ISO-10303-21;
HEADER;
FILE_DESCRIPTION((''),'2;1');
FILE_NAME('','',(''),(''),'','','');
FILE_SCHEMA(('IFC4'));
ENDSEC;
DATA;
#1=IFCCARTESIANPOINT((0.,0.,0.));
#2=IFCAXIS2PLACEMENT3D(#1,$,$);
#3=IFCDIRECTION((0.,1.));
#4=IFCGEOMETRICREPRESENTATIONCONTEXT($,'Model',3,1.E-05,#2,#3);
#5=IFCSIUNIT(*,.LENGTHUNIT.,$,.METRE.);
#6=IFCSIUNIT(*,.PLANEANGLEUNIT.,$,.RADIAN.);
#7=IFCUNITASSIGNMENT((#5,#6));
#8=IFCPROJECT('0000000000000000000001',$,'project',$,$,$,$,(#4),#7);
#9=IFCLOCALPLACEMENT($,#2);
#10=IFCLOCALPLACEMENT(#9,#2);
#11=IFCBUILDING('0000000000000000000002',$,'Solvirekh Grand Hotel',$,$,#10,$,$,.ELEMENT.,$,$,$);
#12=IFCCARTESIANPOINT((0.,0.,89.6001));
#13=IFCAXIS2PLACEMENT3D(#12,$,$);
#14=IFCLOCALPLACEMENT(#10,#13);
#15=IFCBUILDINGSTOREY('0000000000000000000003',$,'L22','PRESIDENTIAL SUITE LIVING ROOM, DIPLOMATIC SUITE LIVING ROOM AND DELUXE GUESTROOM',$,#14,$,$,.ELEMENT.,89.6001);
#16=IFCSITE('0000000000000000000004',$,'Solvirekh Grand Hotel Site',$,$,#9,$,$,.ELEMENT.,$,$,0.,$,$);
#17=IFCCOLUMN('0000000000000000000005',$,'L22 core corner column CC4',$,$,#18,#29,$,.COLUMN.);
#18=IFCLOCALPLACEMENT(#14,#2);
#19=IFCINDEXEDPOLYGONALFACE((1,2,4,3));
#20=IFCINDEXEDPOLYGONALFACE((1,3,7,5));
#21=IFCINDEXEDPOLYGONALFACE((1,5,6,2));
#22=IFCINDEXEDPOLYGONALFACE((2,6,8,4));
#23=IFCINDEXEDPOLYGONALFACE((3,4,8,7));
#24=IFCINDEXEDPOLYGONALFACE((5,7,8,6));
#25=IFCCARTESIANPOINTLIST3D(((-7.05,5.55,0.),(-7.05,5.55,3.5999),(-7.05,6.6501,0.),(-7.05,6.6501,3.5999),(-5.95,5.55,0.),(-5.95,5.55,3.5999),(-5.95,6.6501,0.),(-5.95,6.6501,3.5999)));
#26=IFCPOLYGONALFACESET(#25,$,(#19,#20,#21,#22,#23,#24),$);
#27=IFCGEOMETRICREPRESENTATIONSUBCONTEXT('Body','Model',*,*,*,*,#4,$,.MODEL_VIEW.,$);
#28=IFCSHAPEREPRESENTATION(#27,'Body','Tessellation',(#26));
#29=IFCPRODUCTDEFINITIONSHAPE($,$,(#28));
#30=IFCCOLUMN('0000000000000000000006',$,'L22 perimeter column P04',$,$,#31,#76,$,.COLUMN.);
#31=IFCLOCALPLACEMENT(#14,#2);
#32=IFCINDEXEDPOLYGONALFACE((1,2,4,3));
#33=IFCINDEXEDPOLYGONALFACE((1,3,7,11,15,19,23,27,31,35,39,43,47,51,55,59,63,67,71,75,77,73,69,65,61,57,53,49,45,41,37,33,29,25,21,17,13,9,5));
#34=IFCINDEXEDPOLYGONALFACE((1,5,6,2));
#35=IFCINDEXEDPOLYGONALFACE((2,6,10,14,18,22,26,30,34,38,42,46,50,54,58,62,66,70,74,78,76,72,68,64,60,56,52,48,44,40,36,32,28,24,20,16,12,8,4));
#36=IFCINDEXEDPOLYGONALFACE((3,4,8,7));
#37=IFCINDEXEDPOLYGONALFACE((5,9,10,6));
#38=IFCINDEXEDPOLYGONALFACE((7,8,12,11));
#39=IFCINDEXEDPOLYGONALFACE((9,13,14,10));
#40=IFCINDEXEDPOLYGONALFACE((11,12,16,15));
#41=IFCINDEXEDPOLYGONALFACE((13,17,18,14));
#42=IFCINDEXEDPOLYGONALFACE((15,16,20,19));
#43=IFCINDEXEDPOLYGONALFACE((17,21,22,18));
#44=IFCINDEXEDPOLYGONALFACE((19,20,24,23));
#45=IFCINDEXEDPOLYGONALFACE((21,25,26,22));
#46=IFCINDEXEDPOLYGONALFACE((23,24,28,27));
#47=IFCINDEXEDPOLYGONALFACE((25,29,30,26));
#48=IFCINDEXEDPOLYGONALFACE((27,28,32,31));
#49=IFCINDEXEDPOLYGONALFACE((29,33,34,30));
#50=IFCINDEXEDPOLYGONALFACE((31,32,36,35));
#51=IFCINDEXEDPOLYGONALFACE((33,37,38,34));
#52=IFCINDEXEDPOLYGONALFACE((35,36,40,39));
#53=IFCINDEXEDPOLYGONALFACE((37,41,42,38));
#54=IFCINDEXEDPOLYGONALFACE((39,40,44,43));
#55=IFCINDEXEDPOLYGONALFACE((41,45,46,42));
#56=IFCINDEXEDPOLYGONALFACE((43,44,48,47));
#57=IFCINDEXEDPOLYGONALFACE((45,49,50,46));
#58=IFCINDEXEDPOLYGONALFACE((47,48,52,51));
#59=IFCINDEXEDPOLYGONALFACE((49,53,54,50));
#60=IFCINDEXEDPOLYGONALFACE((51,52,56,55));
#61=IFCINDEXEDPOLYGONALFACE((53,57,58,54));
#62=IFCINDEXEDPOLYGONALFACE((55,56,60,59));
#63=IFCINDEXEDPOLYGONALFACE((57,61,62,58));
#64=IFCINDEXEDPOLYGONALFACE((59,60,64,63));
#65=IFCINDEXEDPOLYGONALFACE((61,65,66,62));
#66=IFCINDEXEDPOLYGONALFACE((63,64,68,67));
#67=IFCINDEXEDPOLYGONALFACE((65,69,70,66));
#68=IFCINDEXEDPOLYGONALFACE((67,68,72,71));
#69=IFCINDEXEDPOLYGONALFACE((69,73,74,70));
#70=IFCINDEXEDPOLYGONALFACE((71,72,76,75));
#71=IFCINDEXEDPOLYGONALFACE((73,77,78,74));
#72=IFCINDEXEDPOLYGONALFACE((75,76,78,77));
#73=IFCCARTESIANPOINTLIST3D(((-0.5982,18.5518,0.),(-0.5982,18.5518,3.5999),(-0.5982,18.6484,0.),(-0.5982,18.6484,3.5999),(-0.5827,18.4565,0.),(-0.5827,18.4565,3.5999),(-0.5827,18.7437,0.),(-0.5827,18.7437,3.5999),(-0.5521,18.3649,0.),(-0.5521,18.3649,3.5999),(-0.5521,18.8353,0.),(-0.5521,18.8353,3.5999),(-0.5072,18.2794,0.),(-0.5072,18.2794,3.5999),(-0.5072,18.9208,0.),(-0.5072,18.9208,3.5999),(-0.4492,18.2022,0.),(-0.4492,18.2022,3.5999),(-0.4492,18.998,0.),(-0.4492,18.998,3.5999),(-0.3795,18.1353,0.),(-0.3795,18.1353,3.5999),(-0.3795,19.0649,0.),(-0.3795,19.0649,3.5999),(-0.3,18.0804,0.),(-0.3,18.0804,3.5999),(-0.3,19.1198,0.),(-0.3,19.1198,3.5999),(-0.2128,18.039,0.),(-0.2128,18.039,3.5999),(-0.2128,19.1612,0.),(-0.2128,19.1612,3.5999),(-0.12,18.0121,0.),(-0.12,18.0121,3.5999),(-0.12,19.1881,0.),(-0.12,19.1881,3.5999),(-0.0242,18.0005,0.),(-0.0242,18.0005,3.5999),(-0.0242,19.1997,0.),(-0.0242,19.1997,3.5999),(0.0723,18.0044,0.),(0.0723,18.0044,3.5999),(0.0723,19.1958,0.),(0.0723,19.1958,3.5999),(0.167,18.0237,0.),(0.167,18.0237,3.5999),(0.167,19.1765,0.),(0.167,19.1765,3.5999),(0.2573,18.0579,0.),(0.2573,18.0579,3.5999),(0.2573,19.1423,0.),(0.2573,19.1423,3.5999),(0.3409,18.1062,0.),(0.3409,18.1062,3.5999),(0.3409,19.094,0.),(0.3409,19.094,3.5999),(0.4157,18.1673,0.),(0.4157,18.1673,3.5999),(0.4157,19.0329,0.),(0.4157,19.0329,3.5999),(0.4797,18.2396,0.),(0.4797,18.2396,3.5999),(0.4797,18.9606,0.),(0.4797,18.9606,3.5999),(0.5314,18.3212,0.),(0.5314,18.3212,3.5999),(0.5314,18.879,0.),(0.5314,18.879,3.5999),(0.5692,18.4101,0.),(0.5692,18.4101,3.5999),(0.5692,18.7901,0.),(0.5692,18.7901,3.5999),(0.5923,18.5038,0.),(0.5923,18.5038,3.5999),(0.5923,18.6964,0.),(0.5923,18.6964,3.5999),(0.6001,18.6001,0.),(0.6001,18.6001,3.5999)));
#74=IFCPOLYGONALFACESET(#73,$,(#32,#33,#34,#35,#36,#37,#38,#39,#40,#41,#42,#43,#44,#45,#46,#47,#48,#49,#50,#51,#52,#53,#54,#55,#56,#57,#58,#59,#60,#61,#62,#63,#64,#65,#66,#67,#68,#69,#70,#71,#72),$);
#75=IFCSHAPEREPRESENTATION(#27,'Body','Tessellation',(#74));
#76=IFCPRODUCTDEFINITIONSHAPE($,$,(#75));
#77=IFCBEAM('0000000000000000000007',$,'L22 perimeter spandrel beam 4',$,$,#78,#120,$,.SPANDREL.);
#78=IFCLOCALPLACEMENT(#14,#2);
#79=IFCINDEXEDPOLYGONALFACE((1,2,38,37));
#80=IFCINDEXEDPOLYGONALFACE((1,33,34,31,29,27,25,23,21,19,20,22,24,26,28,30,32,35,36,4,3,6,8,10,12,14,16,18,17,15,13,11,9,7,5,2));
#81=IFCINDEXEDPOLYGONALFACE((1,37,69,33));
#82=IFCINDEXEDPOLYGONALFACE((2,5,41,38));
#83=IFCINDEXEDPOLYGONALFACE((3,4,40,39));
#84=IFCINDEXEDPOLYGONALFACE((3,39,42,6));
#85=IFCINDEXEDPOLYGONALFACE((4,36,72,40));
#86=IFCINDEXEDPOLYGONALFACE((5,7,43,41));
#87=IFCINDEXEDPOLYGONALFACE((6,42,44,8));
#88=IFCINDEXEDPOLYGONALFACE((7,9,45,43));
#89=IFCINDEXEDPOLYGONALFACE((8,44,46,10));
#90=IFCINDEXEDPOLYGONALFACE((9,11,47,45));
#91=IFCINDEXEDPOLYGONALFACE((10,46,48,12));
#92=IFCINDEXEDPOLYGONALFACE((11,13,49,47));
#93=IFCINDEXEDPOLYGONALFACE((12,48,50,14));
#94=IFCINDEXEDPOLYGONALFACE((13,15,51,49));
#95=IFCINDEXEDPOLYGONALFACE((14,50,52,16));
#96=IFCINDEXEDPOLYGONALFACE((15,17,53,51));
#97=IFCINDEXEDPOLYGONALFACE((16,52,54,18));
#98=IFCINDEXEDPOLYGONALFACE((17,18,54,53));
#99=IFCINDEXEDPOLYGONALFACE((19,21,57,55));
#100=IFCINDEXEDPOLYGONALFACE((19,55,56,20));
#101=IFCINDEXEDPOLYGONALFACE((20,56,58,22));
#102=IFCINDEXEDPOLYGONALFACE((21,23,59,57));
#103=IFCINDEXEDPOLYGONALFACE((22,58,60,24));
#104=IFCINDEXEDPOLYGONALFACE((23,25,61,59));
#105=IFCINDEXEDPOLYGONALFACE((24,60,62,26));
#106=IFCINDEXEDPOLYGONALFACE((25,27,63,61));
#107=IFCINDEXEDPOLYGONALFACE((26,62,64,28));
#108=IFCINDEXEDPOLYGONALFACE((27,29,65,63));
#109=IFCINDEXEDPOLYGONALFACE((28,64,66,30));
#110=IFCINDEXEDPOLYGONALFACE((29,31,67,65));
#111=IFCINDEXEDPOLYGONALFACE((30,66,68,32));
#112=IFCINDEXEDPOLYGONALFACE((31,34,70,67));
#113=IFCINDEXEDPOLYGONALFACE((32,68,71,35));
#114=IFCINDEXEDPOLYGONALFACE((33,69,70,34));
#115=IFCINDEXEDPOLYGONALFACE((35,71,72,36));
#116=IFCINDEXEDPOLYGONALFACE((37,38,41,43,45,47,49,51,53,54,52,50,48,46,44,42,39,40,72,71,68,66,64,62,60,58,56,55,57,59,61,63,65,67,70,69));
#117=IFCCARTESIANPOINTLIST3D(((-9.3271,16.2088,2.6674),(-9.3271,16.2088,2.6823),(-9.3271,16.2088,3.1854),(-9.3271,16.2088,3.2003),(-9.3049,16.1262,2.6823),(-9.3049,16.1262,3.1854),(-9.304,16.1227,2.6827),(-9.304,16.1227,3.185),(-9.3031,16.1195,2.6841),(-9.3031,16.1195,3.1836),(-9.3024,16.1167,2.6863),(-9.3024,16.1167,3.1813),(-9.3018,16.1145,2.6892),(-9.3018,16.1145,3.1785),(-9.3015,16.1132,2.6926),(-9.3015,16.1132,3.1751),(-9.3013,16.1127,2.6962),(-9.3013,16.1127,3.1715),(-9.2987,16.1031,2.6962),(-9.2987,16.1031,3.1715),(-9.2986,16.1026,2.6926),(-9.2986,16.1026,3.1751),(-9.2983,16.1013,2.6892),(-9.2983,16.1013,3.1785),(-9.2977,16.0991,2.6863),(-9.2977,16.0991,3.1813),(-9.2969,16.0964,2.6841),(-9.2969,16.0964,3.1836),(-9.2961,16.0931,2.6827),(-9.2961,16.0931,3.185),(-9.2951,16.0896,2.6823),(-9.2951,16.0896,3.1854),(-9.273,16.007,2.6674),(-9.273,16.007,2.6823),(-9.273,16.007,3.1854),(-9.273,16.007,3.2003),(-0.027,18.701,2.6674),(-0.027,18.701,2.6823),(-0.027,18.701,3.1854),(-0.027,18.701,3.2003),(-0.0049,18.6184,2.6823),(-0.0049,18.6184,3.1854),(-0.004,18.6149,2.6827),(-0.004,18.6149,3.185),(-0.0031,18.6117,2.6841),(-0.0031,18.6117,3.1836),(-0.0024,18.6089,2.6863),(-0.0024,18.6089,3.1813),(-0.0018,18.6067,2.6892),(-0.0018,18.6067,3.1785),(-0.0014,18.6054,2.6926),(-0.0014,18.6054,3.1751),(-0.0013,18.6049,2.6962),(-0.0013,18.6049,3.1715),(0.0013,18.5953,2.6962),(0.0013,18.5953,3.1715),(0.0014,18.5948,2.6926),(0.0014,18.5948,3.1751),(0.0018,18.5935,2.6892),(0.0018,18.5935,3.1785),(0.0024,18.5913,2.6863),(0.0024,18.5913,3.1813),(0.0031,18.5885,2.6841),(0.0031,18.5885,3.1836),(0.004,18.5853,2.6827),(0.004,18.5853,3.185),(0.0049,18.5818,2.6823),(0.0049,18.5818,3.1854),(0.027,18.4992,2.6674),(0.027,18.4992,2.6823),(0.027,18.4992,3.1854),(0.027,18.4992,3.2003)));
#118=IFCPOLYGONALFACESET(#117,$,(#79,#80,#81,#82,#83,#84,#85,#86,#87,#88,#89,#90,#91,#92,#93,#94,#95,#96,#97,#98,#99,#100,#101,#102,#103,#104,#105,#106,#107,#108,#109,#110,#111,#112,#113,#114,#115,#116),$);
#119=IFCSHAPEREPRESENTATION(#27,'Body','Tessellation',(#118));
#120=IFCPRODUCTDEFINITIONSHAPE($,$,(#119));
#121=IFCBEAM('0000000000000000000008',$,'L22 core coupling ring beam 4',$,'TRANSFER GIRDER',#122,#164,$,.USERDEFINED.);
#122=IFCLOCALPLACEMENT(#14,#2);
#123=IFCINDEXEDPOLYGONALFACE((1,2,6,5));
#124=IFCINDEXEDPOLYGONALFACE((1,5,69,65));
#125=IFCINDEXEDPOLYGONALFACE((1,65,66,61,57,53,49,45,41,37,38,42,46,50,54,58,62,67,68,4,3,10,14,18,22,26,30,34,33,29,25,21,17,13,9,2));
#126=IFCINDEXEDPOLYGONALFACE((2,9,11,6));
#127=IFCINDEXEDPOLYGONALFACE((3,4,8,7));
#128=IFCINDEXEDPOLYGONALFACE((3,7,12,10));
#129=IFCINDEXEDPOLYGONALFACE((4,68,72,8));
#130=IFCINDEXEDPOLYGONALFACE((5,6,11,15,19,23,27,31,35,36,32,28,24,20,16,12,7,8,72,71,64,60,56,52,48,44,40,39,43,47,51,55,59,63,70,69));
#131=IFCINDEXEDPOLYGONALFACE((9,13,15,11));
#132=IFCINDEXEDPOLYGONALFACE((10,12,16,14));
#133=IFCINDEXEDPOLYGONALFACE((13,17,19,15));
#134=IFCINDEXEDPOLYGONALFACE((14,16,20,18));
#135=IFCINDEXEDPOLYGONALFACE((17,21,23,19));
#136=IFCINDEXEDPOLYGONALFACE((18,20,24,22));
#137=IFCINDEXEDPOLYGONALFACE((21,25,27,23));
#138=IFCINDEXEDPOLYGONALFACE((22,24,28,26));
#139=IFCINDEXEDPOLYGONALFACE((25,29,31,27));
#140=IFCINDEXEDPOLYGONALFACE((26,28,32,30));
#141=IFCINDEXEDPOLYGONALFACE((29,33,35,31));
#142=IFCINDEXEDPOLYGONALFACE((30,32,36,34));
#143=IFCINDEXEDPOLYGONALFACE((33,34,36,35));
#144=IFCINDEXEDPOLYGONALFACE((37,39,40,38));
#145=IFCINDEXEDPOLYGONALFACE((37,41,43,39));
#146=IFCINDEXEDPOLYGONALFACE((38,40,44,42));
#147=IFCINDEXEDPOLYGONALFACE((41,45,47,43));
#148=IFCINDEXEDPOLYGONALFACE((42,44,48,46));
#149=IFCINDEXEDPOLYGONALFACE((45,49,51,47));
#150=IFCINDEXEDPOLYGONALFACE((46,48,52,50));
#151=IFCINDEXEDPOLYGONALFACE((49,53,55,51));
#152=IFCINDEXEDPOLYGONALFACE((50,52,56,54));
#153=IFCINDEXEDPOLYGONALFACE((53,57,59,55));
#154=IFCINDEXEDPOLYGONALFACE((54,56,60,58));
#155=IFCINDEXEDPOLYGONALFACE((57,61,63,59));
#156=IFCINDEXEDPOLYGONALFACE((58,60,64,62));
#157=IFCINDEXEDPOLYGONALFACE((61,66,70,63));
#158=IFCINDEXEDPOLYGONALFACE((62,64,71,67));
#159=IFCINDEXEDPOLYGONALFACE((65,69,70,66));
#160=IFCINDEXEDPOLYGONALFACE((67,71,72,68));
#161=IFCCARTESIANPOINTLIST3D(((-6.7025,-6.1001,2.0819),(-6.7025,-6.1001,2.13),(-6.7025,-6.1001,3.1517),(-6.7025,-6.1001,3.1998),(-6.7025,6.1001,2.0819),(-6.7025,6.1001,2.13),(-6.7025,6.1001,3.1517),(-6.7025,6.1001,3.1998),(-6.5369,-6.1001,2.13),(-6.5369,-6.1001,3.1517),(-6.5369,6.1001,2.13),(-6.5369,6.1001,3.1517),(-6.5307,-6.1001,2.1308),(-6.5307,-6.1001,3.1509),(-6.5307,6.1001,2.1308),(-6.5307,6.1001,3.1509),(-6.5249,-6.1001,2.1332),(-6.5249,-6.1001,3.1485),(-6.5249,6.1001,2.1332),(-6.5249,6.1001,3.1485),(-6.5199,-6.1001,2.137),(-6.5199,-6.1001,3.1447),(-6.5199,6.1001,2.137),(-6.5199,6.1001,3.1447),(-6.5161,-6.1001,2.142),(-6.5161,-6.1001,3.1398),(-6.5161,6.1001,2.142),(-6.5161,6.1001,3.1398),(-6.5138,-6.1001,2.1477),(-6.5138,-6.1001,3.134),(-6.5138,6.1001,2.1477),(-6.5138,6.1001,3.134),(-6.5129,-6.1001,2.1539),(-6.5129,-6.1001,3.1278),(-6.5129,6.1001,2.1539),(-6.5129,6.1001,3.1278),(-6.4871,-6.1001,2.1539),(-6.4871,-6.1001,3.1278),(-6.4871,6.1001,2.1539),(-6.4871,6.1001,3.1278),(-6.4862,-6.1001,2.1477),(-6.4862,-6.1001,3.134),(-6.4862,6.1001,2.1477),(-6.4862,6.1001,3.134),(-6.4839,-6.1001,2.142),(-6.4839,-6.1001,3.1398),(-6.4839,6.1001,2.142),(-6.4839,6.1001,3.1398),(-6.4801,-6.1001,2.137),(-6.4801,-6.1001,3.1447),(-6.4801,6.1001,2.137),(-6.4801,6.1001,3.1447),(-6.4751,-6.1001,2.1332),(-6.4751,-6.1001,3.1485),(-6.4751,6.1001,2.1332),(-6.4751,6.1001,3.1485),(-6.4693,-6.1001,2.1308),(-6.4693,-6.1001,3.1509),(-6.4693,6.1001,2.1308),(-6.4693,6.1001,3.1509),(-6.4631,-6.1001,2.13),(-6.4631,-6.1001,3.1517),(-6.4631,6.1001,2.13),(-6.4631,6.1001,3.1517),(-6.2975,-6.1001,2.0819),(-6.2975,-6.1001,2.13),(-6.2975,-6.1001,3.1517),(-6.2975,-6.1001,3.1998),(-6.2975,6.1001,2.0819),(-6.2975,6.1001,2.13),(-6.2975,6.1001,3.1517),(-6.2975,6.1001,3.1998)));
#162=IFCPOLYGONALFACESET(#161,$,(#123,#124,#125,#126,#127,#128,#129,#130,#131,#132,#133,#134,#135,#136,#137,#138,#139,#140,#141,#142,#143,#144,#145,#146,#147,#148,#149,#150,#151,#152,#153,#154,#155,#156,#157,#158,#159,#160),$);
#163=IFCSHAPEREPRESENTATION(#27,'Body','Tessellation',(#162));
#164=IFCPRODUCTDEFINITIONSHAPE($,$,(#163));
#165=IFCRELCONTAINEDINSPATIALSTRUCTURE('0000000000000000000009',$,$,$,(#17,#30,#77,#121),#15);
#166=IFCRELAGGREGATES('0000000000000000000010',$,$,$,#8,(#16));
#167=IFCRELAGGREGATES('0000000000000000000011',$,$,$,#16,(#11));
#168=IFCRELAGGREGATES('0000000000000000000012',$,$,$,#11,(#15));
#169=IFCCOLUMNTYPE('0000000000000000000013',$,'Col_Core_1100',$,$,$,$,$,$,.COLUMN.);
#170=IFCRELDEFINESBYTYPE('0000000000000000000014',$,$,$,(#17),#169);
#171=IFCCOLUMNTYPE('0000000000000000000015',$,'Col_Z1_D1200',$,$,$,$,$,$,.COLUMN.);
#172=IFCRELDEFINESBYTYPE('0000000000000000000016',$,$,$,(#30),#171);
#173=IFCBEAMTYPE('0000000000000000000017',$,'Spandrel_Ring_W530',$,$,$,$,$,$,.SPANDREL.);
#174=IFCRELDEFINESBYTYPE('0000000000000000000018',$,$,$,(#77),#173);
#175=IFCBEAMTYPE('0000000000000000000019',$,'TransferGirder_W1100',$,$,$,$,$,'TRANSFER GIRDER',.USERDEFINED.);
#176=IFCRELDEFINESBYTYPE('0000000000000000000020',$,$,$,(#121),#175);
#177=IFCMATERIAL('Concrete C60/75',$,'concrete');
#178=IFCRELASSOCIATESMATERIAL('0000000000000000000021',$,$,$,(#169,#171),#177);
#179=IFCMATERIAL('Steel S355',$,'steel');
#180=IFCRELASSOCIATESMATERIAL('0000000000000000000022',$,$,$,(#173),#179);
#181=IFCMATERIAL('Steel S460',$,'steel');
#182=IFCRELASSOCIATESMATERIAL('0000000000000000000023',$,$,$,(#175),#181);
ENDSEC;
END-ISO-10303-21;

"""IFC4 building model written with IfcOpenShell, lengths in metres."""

from ifc_helpers import new_model, si_unit, direction, frame, origin, origin_2d, place, context, subcontext, project, spatial, rectangle, circle, i_section, extrude, material, material_profile, profile_set, type_object, element, save


model = new_model("IFC4")

# Units and contexts
model_context = context("Model", 3, precision=1e-05, world=origin(), true_north=direction((0.0, 1.0)))
body_context = subcontext(model_context, "Body", "Model", "MODEL_VIEW")
ifc_project = project(units=[si_unit("LENGTHUNIT", "METRE"), si_unit("PLANEANGLEUNIT", "RADIAN")], contexts=[model_context])

# Site, building, storey
site_placement = place(None, origin())
site = spatial("IfcSite", under=ifc_project, at=site_placement, Name="Solvirekh Grand Hotel Site", CompositionType="ELEMENT", RefElevation=0.0)
building_placement = place(site_placement, origin())
building = spatial("IfcBuilding", under=site, at=building_placement, Name="Solvirekh Grand Hotel", CompositionType="ELEMENT")
storey_placement = place(building_placement, frame((0.0, 0.0, 89.6001)))
storey = spatial("IfcBuildingStorey", under=building, at=storey_placement, Name="L22", Description="PRESIDENTIAL SUITE LIVING ROOM, DIPLOMATIC SUITE LIVING ROOM AND DELUXE GUESTROOM", CompositionType="ELEMENT", Elevation=89.6001)

# Columns
ifc_material_1 = material(Name="Concrete C60/75", Category="concrete")
ifc_material_profile_1 = material_profile(ifc_material_1, rectangle(XDim=1.1001, YDim=1.1001, at=origin_2d()), Name="RC 1100X1100")
ifc_profile_set_1 = profile_set([ifc_material_profile_1], Name="Concrete C60/75")
column_type_1 = type_object("IfcColumnType", Name="Col_Core_1100", PredefinedType="COLUMN", material=ifc_profile_set_1)
column_1_placement = place(storey_placement, frame((-6.5, 6.1001, 0.0), z_axis=(0.0, 0.0, 1.0), x_axis=(1.0, 0.0, 0.0)))
element("IfcColumn", 1, at=column_1_placement, inside=storey, type_object=column_type_1, Name="L22 core corner column CC4", PredefinedType="COLUMN", context=body_context, shape_type="SweptSolid", body=[
    extrude(rectangle(XDim=1.1001, YDim=1.1001, at=origin_2d()), origin(), (0.0, 0.0, 1.0), 3.5999),
])
ifc_material_profile_2 = material_profile(ifc_material_1, circle(Radius=0.6001, at=origin_2d()), Name="RC CIRC D1200")
ifc_profile_set_2 = profile_set([ifc_material_profile_2], Name="Concrete C60/75")
column_type_2 = type_object("IfcColumnType", Name="Col_Z1_D1200", PredefinedType="COLUMN", material=ifc_profile_set_2)
column_2_placement = place(storey_placement, frame((0.0, 18.6001, 0.0), z_axis=(0.0, 0.0, 1.0), x_axis=(1.0, 0.0, 0.0)))
element("IfcColumn", 2, at=column_2_placement, inside=storey, type_object=column_type_2, Name="L22 perimeter column P04", PredefinedType="COLUMN", context=body_context, shape_type="SweptSolid", body=[
    extrude(circle(Radius=0.6001, at=origin_2d()), origin(), (0.0, 0.0, 1.0), 3.5999),
])

# Beams
ifc_material_2 = material(Name="Steel S355", Category="steel")
ifc_material_profile_3 = material_profile(ifc_material_2, i_section(OverallWidth=0.209, OverallDepth=0.533, WebThickness=0.01, FlangeThickness=0.0149, FilletRadius=0.0139, at=origin_2d()), Name="W530X92")
ifc_profile_set_3 = profile_set([ifc_material_profile_3], Name="Steel S355")
beam_type_1 = type_object("IfcBeamType", Name="Spandrel_Ring_W530", PredefinedType="SPANDREL", material=ifc_profile_set_3)
beam_1_placement = place(storey_placement, frame((0.0, 18.6001, 2.9338), z_axis=(-0.965919, -0.258843, 0.0), x_axis=(0.258843, -0.965919, 0.0)))
element("IfcBeam", 3, at=beam_1_placement, inside=storey, type_object=beam_type_1, Name="L22 perimeter spandrel beam 4", PredefinedType="SPANDREL", context=body_context, shape_type="SweptSolid", body=[
    extrude(i_section(OverallWidth=0.209, OverallDepth=0.533, WebThickness=0.01, FlangeThickness=0.0149, FilletRadius=0.0139, at=origin_2d()), origin(), (0.0, 0.0, 1.0), 9.6282),
])
ifc_material_3 = material(Name="Steel S460", Category="steel")
ifc_material_profile_4 = material_profile(ifc_material_3, i_section(OverallWidth=0.405, OverallDepth=1.1179, WebThickness=0.0259, FlangeThickness=0.0481, FilletRadius=0.0239, at=origin_2d()), Name="W1100X499")
ifc_profile_set_4 = profile_set([ifc_material_profile_4], Name="Steel S460")
beam_type_2 = type_object("IfcBeamType", Name="TransferGirder_W1100", ElementType="TRANSFER GIRDER", PredefinedType="USERDEFINED", material=ifc_profile_set_4)
beam_2_placement = place(storey_placement, frame((-6.5, 6.1001, 2.6409), z_axis=(0.0, -1.0, 0.0), x_axis=(1.0, 0.0, 0.0)))
element("IfcBeam", 4, at=beam_2_placement, inside=storey, type_object=beam_type_2, Name="L22 core coupling ring beam 4", ObjectType="TRANSFER GIRDER", PredefinedType="USERDEFINED", context=body_context, shape_type="SweptSolid", body=[
    extrude(i_section(OverallWidth=0.405, OverallDepth=1.1179, WebThickness=0.0259, FlangeThickness=0.0481, FilletRadius=0.0239, at=origin_2d()), origin(), (0.0, 0.0, 1.0), 12.2002),
])

save(model, "model.ifc")
